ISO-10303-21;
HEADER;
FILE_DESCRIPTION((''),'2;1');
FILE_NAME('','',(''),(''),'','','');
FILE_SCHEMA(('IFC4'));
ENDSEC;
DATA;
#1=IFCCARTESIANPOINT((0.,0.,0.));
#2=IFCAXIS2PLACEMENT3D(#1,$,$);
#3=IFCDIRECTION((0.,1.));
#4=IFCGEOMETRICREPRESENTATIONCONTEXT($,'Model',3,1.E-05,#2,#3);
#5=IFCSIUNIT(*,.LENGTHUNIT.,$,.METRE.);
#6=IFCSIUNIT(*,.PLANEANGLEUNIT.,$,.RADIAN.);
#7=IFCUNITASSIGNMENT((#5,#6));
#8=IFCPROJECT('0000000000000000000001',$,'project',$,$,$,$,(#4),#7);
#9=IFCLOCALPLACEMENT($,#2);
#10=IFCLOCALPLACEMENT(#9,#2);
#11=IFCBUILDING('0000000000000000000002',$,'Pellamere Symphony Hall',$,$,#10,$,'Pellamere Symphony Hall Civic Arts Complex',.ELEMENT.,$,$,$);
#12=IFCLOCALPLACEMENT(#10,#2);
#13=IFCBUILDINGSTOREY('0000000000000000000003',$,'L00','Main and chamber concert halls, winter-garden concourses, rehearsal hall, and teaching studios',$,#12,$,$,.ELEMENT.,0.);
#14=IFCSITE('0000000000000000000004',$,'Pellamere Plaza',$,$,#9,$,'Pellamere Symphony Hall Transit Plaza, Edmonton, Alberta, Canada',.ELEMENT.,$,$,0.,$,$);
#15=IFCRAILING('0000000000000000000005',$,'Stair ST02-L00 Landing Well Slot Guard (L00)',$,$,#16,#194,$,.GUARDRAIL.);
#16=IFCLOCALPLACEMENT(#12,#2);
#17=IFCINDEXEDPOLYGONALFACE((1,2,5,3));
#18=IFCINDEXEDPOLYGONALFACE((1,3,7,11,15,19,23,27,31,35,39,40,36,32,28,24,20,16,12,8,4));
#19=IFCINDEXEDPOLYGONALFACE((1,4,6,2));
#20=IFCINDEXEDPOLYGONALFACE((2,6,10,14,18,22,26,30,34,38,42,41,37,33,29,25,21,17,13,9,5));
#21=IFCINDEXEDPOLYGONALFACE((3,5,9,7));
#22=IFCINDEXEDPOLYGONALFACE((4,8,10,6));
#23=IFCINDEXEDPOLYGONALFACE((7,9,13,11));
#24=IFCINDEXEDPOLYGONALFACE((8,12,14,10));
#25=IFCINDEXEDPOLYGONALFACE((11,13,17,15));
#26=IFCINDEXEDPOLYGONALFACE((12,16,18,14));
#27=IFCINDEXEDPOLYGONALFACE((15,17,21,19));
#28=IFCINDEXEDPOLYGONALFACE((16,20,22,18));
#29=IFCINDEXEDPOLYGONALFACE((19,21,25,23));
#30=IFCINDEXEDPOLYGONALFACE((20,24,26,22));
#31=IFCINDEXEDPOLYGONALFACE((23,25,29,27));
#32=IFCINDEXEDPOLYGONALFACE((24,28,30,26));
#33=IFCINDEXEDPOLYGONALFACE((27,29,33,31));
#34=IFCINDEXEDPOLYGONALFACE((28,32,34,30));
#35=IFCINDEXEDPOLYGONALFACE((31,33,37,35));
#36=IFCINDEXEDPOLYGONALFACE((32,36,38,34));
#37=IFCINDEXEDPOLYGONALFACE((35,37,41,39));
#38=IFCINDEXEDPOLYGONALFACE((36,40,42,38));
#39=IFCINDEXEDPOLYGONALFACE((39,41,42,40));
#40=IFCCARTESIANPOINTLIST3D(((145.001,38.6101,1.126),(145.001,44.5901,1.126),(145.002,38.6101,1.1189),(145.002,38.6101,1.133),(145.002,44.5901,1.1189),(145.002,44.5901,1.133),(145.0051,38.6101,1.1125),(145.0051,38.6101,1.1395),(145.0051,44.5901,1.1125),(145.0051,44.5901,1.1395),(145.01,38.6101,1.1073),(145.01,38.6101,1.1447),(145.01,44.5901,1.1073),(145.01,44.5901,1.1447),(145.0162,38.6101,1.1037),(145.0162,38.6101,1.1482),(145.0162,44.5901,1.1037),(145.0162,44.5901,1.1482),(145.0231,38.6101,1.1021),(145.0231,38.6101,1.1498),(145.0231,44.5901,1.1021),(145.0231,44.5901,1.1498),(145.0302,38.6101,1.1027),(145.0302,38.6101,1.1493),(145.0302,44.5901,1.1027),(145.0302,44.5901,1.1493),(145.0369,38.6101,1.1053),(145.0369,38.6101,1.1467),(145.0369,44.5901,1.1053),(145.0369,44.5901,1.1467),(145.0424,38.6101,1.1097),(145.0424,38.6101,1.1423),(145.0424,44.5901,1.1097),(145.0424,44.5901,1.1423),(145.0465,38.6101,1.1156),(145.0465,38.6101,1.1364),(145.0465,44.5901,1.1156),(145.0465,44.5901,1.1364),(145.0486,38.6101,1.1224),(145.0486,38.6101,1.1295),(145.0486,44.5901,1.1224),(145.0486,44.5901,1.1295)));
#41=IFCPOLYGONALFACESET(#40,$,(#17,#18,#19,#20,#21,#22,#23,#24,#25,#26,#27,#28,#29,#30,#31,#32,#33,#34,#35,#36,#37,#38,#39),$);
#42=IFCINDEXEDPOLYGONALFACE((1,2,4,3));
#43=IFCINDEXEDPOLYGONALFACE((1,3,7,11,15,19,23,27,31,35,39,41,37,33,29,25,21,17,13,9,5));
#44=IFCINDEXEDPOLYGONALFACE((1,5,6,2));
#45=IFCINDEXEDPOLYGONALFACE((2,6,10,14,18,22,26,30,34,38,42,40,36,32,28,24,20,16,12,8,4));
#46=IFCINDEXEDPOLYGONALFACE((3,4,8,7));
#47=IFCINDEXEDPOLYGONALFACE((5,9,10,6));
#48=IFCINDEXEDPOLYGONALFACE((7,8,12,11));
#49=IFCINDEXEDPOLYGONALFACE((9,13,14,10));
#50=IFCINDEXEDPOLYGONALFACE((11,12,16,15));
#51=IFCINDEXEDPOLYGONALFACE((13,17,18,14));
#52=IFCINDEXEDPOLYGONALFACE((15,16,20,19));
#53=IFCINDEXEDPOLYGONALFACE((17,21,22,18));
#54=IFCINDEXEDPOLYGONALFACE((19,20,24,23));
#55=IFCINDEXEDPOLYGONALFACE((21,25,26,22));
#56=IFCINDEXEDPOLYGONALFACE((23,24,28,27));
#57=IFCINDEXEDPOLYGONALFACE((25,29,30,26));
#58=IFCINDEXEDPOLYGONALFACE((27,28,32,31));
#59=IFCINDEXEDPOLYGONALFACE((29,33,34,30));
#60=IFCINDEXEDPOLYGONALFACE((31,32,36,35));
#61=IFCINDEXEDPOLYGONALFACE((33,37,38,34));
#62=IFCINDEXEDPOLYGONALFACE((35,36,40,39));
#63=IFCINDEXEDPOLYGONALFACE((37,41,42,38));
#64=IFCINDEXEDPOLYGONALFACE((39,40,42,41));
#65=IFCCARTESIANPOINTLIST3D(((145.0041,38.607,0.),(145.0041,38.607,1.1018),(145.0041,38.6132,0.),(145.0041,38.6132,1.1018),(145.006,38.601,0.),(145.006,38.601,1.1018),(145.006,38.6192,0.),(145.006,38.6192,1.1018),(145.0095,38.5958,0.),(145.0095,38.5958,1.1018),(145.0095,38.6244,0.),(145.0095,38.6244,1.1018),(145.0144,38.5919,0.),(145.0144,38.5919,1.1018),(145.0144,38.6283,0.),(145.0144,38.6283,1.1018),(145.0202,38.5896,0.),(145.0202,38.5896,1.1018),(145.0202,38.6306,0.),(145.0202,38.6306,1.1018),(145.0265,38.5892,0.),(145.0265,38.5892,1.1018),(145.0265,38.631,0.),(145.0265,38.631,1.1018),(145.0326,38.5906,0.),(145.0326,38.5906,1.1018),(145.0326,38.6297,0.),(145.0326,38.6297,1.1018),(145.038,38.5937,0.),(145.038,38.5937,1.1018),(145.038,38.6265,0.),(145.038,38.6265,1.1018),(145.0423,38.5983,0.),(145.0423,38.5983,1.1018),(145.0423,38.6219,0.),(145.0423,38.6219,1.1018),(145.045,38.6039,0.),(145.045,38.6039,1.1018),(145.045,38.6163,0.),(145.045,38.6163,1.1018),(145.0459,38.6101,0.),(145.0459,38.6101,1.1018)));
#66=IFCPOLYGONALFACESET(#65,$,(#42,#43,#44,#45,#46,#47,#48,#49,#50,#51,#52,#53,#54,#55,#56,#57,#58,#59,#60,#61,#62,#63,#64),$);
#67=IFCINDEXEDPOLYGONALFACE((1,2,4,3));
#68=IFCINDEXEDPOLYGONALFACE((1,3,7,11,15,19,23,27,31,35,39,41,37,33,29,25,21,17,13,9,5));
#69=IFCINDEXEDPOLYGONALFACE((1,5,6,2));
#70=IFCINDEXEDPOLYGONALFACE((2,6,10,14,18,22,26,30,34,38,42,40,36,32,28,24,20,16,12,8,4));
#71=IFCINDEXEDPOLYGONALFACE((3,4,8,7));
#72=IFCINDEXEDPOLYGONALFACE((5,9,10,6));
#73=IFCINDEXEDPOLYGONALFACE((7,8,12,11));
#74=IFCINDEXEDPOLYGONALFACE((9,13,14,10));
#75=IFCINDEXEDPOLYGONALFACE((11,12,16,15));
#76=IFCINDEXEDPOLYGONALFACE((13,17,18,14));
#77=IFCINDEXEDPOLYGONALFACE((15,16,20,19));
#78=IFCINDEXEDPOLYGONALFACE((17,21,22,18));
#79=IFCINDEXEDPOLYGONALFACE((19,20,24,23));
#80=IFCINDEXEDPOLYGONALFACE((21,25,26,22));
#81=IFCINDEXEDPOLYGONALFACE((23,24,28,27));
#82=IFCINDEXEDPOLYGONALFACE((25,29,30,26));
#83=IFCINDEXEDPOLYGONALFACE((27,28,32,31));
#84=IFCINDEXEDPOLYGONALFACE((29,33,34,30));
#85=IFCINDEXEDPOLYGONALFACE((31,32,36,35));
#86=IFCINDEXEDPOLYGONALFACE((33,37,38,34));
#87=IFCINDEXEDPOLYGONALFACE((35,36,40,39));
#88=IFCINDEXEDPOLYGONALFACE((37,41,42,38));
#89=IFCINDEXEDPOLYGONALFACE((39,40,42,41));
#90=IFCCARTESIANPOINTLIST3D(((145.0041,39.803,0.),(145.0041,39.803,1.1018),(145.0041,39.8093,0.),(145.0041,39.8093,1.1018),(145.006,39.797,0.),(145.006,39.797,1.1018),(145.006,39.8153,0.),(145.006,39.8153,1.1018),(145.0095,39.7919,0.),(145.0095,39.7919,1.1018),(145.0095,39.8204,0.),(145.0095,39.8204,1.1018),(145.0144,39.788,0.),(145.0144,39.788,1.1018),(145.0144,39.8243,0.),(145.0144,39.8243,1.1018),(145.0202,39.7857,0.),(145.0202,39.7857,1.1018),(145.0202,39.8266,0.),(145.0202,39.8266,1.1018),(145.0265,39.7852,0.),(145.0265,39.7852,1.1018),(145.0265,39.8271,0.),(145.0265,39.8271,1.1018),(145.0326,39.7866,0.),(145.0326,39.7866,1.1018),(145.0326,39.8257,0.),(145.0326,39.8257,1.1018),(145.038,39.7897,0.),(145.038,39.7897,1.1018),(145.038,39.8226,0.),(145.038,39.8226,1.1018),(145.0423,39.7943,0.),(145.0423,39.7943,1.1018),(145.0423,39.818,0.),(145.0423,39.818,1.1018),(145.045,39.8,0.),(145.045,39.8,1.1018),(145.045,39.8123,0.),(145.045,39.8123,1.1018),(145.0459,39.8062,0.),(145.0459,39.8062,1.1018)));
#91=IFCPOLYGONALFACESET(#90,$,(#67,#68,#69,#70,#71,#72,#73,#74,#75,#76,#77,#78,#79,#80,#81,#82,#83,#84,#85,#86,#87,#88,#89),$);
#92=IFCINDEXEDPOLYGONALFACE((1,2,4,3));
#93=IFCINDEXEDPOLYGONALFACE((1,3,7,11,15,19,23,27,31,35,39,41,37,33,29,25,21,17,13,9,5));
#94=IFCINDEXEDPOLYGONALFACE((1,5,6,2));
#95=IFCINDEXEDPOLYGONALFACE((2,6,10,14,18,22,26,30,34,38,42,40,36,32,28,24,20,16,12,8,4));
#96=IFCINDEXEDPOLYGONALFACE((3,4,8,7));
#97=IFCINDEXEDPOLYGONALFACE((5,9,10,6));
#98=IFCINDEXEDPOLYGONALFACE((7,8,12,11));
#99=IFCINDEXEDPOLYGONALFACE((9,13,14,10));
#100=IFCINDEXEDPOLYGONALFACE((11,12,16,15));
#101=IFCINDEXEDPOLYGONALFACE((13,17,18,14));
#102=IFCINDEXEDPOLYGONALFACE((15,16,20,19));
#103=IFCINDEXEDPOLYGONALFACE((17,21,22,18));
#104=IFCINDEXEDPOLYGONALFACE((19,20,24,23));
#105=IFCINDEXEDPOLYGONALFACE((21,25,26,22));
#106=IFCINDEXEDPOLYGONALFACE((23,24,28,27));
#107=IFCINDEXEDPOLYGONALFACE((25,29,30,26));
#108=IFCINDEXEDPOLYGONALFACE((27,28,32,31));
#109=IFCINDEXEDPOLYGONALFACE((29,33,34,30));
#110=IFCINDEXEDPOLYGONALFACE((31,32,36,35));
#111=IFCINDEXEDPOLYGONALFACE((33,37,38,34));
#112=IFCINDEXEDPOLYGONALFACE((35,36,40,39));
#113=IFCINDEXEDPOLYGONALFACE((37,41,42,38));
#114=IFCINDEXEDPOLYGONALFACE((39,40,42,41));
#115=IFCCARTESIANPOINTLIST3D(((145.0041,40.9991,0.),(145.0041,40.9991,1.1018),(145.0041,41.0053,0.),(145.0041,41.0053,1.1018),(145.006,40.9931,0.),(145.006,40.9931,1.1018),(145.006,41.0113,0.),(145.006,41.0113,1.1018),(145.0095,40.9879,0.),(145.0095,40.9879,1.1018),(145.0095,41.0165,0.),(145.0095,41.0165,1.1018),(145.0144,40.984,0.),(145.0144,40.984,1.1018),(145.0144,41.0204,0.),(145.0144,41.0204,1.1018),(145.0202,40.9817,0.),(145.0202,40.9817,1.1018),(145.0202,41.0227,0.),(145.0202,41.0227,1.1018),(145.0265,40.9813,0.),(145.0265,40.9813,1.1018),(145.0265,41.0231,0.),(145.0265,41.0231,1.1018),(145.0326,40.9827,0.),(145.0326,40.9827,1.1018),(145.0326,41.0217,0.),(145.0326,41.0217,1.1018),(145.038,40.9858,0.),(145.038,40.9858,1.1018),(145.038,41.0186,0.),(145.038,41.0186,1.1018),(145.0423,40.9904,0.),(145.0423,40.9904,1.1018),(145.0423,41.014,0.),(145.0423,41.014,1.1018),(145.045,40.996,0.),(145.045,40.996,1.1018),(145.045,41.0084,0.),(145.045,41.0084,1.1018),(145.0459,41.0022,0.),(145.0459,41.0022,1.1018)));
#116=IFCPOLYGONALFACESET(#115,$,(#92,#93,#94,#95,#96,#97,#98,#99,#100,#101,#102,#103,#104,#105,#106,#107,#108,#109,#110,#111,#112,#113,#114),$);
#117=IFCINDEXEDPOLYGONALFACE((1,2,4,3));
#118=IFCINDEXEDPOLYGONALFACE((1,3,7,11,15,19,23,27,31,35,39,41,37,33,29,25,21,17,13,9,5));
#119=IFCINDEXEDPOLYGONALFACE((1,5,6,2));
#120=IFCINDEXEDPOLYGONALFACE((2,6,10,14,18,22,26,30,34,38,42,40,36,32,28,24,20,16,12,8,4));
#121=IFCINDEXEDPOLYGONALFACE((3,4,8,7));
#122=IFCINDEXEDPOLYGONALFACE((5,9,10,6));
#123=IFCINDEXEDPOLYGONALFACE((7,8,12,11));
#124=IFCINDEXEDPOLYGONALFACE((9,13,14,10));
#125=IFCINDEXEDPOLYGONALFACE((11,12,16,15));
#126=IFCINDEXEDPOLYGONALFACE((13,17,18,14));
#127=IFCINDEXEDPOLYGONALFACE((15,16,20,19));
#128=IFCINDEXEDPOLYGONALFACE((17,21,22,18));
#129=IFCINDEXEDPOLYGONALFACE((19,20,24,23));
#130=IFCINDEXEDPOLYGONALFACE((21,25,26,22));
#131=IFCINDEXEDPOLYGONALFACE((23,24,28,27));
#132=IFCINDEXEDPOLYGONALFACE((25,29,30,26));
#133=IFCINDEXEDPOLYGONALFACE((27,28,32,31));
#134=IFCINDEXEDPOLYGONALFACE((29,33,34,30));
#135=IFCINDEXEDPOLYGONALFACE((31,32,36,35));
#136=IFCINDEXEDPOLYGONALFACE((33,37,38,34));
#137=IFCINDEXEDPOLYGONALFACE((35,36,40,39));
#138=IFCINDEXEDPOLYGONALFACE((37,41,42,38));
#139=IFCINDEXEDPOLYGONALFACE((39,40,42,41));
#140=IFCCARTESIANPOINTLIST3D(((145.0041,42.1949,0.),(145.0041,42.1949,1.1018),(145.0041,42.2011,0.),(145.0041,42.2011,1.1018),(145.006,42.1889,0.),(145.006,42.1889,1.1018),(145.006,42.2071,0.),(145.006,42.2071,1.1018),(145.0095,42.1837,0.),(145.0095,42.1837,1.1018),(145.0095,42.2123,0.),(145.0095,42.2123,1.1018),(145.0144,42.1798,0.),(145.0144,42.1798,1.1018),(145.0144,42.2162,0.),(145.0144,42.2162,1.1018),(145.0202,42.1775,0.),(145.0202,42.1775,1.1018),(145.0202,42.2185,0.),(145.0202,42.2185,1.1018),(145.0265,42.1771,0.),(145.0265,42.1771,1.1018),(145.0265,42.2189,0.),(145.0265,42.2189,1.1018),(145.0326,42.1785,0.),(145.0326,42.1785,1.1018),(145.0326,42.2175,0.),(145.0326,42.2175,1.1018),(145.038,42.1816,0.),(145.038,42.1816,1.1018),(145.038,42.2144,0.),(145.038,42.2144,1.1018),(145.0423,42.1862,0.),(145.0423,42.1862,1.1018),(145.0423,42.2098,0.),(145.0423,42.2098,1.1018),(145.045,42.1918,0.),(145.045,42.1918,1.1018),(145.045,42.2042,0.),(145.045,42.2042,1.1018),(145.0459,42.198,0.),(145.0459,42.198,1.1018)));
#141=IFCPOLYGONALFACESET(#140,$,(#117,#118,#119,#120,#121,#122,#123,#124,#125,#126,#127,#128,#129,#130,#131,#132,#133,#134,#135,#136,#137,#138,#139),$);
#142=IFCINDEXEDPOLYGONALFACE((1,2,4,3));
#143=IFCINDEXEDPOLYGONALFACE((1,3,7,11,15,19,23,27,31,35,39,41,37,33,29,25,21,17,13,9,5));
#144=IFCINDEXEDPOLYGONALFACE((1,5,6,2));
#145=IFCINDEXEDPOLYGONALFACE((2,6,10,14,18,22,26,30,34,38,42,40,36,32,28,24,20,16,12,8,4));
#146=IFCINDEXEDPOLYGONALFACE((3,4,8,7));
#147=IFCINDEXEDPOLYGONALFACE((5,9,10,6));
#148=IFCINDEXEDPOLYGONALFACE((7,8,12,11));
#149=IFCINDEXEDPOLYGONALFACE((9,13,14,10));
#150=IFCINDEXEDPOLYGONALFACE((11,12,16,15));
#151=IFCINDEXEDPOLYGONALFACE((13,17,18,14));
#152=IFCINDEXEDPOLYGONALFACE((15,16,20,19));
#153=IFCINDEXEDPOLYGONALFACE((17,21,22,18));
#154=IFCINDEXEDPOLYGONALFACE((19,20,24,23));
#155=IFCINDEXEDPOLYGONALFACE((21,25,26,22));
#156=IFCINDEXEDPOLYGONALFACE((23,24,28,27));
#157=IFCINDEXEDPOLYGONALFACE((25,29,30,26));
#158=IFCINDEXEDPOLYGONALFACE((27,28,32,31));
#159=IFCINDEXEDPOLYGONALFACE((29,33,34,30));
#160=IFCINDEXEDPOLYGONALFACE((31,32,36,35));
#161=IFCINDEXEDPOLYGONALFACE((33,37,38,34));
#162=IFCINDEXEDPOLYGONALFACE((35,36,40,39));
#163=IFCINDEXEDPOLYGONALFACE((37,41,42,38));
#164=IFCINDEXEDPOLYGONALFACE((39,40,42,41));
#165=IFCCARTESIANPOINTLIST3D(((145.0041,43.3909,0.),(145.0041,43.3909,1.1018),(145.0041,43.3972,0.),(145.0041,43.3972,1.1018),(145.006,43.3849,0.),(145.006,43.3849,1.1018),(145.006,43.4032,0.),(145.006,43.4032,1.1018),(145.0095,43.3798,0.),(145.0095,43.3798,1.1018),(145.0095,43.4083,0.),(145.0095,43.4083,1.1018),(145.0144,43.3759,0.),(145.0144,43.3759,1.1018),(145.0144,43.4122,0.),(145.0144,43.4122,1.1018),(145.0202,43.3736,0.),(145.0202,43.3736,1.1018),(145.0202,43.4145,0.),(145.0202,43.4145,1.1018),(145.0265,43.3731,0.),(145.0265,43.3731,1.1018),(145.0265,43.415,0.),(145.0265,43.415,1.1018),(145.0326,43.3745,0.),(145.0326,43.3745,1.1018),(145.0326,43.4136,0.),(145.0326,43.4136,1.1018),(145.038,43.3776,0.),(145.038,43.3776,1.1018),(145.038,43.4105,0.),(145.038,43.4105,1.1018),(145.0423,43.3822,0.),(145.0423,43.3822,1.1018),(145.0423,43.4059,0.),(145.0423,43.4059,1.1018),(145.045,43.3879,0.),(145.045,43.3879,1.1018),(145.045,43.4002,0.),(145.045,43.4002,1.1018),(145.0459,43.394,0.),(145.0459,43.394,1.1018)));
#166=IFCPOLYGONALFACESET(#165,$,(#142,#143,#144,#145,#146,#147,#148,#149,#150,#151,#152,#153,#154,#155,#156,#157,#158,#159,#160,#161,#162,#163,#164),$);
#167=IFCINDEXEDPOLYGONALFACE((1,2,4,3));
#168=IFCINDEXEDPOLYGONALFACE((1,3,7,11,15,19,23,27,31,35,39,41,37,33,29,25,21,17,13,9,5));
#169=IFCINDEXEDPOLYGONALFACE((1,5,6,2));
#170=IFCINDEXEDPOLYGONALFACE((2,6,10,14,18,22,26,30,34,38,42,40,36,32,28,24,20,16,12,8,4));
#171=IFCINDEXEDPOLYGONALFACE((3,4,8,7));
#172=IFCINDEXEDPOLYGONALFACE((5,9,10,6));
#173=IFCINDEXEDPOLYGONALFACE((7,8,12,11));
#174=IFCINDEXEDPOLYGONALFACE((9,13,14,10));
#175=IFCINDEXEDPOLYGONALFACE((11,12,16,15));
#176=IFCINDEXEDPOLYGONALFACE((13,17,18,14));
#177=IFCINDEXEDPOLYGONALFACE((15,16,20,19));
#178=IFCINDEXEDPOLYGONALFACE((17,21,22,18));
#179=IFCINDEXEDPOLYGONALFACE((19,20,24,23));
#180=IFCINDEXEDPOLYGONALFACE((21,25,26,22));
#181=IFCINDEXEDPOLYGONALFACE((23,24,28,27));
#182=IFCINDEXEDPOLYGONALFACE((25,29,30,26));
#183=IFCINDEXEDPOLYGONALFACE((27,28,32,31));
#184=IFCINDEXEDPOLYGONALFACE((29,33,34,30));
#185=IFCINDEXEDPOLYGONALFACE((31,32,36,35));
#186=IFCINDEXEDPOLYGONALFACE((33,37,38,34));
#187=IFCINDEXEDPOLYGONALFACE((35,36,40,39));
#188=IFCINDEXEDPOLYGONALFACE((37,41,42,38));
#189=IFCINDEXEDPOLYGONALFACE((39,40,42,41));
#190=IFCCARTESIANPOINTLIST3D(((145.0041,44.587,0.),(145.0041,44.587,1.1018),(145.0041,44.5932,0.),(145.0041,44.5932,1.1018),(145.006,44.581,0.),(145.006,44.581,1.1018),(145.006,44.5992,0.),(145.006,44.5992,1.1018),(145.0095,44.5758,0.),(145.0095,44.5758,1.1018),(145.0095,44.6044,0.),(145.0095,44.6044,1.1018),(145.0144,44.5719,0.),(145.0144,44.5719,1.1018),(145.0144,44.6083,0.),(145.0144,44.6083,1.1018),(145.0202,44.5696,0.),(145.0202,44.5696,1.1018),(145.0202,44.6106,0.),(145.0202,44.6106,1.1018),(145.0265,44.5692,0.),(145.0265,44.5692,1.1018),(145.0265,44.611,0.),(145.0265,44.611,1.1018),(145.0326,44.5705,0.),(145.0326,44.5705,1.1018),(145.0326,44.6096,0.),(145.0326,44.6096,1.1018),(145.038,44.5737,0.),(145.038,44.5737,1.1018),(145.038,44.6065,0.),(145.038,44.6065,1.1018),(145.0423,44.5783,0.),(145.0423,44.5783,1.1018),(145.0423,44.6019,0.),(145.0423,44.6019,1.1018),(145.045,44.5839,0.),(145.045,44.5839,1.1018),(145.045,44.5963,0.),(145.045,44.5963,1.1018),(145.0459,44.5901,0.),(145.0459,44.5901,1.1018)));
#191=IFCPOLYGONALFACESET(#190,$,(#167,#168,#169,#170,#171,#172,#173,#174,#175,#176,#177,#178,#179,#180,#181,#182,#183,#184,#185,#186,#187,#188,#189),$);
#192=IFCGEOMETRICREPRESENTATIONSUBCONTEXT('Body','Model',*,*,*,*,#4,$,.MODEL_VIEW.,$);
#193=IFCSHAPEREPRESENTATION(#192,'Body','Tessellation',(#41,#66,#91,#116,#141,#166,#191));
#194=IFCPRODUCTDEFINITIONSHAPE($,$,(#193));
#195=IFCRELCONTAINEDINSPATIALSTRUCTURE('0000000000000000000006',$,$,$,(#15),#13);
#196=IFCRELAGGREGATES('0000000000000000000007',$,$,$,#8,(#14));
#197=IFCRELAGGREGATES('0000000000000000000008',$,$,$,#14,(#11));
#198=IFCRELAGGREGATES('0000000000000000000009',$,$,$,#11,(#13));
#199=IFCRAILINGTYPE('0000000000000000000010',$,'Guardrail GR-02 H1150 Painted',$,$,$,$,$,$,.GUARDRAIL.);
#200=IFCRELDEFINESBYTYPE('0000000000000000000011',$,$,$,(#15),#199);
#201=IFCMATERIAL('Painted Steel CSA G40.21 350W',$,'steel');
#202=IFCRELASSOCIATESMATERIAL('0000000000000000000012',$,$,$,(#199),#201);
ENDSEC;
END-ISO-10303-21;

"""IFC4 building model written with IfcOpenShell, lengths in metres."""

from ifc_helpers import new_model, si_unit, direction, frame, origin, origin_2d, place, context, subcontext, project, spatial, circle, extrude, material, type_object, element, save


model = new_model("IFC4")

# Units and contexts
model_context = context("Model", 3, precision=1e-05, world=origin(), true_north=direction((0.0, 1.0)))
body_context = subcontext(model_context, "Body", "Model", "MODEL_VIEW")
ifc_project = project(units=[si_unit("LENGTHUNIT", "METRE"), si_unit("PLANEANGLEUNIT", "RADIAN")], contexts=[model_context])

# Site, building, storey
site_placement = place(None, origin())
site = spatial("IfcSite", under=ifc_project, at=site_placement, Name="Pellamere Plaza", LongName="Pellamere Symphony Hall Transit Plaza, Edmonton, Alberta, Canada", CompositionType="ELEMENT", RefElevation=0.0)
building_placement = place(site_placement, origin())
building = spatial("IfcBuilding", under=site, at=building_placement, Name="Pellamere Symphony Hall", LongName="Pellamere Symphony Hall Civic Arts Complex", CompositionType="ELEMENT")
storey_placement = place(building_placement, origin())
storey = spatial("IfcBuildingStorey", under=building, at=storey_placement, Name="L00", Description="Main and chamber concert halls, winter-garden concourses, rehearsal hall, and teaching studios", CompositionType="ELEMENT", Elevation=0.0)

# Railing
ifc_material_1 = material(Name="Painted Steel CSA G40.21 350W", Category="steel")
railing_type_1 = type_object("IfcRailingType", Name="Guardrail GR-02 H1150 Painted", PredefinedType="GUARDRAIL", material=ifc_material_1)
railing_1_placement = place(storey_placement, frame((145.0249, 38.6101, 0.0)))
element("IfcRailing", 1, at=railing_1_placement, inside=storey, type_object=railing_type_1, Name="Stair ST02-L00 Landing Well Slot Guard (L00)", PredefinedType="GUARDRAIL", context=body_context, shape_type="SweptSolid", body=[
    extrude(circle(Radius=0.0239, at=origin_2d()), frame((0.0, 0.0, 1.126), z_axis=(0.0, 1.0, 0.0), x_axis=(-1.0, 0.0, 0.0)), (0.0, 0.0, 1.0), 5.98),
    extrude(circle(Radius=0.021, at=origin_2d()), origin(), (0.0, 0.0, 1.0), 1.1018),
    extrude(circle(Radius=0.021, at=origin_2d()), frame((0.0, 1.196, 0.0)), (0.0, 0.0, 1.0), 1.1018),
    extrude(circle(Radius=0.021, at=origin_2d()), frame((0.0, 2.3921, 0.0)), (0.0, 0.0, 1.0), 1.1018),
    extrude(circle(Radius=0.021, at=origin_2d()), frame((0.0, 3.5879, 0.0)), (0.0, 0.0, 1.0), 1.1018),
    extrude(circle(Radius=0.021, at=origin_2d()), frame((0.0, 4.7839, 0.0)), (0.0, 0.0, 1.0), 1.1018),
    extrude(circle(Radius=0.021, at=origin_2d()), frame((0.0, 5.98, 0.0)), (0.0, 0.0, 1.0), 1.1018),
])

save(model, "model.ifc")
